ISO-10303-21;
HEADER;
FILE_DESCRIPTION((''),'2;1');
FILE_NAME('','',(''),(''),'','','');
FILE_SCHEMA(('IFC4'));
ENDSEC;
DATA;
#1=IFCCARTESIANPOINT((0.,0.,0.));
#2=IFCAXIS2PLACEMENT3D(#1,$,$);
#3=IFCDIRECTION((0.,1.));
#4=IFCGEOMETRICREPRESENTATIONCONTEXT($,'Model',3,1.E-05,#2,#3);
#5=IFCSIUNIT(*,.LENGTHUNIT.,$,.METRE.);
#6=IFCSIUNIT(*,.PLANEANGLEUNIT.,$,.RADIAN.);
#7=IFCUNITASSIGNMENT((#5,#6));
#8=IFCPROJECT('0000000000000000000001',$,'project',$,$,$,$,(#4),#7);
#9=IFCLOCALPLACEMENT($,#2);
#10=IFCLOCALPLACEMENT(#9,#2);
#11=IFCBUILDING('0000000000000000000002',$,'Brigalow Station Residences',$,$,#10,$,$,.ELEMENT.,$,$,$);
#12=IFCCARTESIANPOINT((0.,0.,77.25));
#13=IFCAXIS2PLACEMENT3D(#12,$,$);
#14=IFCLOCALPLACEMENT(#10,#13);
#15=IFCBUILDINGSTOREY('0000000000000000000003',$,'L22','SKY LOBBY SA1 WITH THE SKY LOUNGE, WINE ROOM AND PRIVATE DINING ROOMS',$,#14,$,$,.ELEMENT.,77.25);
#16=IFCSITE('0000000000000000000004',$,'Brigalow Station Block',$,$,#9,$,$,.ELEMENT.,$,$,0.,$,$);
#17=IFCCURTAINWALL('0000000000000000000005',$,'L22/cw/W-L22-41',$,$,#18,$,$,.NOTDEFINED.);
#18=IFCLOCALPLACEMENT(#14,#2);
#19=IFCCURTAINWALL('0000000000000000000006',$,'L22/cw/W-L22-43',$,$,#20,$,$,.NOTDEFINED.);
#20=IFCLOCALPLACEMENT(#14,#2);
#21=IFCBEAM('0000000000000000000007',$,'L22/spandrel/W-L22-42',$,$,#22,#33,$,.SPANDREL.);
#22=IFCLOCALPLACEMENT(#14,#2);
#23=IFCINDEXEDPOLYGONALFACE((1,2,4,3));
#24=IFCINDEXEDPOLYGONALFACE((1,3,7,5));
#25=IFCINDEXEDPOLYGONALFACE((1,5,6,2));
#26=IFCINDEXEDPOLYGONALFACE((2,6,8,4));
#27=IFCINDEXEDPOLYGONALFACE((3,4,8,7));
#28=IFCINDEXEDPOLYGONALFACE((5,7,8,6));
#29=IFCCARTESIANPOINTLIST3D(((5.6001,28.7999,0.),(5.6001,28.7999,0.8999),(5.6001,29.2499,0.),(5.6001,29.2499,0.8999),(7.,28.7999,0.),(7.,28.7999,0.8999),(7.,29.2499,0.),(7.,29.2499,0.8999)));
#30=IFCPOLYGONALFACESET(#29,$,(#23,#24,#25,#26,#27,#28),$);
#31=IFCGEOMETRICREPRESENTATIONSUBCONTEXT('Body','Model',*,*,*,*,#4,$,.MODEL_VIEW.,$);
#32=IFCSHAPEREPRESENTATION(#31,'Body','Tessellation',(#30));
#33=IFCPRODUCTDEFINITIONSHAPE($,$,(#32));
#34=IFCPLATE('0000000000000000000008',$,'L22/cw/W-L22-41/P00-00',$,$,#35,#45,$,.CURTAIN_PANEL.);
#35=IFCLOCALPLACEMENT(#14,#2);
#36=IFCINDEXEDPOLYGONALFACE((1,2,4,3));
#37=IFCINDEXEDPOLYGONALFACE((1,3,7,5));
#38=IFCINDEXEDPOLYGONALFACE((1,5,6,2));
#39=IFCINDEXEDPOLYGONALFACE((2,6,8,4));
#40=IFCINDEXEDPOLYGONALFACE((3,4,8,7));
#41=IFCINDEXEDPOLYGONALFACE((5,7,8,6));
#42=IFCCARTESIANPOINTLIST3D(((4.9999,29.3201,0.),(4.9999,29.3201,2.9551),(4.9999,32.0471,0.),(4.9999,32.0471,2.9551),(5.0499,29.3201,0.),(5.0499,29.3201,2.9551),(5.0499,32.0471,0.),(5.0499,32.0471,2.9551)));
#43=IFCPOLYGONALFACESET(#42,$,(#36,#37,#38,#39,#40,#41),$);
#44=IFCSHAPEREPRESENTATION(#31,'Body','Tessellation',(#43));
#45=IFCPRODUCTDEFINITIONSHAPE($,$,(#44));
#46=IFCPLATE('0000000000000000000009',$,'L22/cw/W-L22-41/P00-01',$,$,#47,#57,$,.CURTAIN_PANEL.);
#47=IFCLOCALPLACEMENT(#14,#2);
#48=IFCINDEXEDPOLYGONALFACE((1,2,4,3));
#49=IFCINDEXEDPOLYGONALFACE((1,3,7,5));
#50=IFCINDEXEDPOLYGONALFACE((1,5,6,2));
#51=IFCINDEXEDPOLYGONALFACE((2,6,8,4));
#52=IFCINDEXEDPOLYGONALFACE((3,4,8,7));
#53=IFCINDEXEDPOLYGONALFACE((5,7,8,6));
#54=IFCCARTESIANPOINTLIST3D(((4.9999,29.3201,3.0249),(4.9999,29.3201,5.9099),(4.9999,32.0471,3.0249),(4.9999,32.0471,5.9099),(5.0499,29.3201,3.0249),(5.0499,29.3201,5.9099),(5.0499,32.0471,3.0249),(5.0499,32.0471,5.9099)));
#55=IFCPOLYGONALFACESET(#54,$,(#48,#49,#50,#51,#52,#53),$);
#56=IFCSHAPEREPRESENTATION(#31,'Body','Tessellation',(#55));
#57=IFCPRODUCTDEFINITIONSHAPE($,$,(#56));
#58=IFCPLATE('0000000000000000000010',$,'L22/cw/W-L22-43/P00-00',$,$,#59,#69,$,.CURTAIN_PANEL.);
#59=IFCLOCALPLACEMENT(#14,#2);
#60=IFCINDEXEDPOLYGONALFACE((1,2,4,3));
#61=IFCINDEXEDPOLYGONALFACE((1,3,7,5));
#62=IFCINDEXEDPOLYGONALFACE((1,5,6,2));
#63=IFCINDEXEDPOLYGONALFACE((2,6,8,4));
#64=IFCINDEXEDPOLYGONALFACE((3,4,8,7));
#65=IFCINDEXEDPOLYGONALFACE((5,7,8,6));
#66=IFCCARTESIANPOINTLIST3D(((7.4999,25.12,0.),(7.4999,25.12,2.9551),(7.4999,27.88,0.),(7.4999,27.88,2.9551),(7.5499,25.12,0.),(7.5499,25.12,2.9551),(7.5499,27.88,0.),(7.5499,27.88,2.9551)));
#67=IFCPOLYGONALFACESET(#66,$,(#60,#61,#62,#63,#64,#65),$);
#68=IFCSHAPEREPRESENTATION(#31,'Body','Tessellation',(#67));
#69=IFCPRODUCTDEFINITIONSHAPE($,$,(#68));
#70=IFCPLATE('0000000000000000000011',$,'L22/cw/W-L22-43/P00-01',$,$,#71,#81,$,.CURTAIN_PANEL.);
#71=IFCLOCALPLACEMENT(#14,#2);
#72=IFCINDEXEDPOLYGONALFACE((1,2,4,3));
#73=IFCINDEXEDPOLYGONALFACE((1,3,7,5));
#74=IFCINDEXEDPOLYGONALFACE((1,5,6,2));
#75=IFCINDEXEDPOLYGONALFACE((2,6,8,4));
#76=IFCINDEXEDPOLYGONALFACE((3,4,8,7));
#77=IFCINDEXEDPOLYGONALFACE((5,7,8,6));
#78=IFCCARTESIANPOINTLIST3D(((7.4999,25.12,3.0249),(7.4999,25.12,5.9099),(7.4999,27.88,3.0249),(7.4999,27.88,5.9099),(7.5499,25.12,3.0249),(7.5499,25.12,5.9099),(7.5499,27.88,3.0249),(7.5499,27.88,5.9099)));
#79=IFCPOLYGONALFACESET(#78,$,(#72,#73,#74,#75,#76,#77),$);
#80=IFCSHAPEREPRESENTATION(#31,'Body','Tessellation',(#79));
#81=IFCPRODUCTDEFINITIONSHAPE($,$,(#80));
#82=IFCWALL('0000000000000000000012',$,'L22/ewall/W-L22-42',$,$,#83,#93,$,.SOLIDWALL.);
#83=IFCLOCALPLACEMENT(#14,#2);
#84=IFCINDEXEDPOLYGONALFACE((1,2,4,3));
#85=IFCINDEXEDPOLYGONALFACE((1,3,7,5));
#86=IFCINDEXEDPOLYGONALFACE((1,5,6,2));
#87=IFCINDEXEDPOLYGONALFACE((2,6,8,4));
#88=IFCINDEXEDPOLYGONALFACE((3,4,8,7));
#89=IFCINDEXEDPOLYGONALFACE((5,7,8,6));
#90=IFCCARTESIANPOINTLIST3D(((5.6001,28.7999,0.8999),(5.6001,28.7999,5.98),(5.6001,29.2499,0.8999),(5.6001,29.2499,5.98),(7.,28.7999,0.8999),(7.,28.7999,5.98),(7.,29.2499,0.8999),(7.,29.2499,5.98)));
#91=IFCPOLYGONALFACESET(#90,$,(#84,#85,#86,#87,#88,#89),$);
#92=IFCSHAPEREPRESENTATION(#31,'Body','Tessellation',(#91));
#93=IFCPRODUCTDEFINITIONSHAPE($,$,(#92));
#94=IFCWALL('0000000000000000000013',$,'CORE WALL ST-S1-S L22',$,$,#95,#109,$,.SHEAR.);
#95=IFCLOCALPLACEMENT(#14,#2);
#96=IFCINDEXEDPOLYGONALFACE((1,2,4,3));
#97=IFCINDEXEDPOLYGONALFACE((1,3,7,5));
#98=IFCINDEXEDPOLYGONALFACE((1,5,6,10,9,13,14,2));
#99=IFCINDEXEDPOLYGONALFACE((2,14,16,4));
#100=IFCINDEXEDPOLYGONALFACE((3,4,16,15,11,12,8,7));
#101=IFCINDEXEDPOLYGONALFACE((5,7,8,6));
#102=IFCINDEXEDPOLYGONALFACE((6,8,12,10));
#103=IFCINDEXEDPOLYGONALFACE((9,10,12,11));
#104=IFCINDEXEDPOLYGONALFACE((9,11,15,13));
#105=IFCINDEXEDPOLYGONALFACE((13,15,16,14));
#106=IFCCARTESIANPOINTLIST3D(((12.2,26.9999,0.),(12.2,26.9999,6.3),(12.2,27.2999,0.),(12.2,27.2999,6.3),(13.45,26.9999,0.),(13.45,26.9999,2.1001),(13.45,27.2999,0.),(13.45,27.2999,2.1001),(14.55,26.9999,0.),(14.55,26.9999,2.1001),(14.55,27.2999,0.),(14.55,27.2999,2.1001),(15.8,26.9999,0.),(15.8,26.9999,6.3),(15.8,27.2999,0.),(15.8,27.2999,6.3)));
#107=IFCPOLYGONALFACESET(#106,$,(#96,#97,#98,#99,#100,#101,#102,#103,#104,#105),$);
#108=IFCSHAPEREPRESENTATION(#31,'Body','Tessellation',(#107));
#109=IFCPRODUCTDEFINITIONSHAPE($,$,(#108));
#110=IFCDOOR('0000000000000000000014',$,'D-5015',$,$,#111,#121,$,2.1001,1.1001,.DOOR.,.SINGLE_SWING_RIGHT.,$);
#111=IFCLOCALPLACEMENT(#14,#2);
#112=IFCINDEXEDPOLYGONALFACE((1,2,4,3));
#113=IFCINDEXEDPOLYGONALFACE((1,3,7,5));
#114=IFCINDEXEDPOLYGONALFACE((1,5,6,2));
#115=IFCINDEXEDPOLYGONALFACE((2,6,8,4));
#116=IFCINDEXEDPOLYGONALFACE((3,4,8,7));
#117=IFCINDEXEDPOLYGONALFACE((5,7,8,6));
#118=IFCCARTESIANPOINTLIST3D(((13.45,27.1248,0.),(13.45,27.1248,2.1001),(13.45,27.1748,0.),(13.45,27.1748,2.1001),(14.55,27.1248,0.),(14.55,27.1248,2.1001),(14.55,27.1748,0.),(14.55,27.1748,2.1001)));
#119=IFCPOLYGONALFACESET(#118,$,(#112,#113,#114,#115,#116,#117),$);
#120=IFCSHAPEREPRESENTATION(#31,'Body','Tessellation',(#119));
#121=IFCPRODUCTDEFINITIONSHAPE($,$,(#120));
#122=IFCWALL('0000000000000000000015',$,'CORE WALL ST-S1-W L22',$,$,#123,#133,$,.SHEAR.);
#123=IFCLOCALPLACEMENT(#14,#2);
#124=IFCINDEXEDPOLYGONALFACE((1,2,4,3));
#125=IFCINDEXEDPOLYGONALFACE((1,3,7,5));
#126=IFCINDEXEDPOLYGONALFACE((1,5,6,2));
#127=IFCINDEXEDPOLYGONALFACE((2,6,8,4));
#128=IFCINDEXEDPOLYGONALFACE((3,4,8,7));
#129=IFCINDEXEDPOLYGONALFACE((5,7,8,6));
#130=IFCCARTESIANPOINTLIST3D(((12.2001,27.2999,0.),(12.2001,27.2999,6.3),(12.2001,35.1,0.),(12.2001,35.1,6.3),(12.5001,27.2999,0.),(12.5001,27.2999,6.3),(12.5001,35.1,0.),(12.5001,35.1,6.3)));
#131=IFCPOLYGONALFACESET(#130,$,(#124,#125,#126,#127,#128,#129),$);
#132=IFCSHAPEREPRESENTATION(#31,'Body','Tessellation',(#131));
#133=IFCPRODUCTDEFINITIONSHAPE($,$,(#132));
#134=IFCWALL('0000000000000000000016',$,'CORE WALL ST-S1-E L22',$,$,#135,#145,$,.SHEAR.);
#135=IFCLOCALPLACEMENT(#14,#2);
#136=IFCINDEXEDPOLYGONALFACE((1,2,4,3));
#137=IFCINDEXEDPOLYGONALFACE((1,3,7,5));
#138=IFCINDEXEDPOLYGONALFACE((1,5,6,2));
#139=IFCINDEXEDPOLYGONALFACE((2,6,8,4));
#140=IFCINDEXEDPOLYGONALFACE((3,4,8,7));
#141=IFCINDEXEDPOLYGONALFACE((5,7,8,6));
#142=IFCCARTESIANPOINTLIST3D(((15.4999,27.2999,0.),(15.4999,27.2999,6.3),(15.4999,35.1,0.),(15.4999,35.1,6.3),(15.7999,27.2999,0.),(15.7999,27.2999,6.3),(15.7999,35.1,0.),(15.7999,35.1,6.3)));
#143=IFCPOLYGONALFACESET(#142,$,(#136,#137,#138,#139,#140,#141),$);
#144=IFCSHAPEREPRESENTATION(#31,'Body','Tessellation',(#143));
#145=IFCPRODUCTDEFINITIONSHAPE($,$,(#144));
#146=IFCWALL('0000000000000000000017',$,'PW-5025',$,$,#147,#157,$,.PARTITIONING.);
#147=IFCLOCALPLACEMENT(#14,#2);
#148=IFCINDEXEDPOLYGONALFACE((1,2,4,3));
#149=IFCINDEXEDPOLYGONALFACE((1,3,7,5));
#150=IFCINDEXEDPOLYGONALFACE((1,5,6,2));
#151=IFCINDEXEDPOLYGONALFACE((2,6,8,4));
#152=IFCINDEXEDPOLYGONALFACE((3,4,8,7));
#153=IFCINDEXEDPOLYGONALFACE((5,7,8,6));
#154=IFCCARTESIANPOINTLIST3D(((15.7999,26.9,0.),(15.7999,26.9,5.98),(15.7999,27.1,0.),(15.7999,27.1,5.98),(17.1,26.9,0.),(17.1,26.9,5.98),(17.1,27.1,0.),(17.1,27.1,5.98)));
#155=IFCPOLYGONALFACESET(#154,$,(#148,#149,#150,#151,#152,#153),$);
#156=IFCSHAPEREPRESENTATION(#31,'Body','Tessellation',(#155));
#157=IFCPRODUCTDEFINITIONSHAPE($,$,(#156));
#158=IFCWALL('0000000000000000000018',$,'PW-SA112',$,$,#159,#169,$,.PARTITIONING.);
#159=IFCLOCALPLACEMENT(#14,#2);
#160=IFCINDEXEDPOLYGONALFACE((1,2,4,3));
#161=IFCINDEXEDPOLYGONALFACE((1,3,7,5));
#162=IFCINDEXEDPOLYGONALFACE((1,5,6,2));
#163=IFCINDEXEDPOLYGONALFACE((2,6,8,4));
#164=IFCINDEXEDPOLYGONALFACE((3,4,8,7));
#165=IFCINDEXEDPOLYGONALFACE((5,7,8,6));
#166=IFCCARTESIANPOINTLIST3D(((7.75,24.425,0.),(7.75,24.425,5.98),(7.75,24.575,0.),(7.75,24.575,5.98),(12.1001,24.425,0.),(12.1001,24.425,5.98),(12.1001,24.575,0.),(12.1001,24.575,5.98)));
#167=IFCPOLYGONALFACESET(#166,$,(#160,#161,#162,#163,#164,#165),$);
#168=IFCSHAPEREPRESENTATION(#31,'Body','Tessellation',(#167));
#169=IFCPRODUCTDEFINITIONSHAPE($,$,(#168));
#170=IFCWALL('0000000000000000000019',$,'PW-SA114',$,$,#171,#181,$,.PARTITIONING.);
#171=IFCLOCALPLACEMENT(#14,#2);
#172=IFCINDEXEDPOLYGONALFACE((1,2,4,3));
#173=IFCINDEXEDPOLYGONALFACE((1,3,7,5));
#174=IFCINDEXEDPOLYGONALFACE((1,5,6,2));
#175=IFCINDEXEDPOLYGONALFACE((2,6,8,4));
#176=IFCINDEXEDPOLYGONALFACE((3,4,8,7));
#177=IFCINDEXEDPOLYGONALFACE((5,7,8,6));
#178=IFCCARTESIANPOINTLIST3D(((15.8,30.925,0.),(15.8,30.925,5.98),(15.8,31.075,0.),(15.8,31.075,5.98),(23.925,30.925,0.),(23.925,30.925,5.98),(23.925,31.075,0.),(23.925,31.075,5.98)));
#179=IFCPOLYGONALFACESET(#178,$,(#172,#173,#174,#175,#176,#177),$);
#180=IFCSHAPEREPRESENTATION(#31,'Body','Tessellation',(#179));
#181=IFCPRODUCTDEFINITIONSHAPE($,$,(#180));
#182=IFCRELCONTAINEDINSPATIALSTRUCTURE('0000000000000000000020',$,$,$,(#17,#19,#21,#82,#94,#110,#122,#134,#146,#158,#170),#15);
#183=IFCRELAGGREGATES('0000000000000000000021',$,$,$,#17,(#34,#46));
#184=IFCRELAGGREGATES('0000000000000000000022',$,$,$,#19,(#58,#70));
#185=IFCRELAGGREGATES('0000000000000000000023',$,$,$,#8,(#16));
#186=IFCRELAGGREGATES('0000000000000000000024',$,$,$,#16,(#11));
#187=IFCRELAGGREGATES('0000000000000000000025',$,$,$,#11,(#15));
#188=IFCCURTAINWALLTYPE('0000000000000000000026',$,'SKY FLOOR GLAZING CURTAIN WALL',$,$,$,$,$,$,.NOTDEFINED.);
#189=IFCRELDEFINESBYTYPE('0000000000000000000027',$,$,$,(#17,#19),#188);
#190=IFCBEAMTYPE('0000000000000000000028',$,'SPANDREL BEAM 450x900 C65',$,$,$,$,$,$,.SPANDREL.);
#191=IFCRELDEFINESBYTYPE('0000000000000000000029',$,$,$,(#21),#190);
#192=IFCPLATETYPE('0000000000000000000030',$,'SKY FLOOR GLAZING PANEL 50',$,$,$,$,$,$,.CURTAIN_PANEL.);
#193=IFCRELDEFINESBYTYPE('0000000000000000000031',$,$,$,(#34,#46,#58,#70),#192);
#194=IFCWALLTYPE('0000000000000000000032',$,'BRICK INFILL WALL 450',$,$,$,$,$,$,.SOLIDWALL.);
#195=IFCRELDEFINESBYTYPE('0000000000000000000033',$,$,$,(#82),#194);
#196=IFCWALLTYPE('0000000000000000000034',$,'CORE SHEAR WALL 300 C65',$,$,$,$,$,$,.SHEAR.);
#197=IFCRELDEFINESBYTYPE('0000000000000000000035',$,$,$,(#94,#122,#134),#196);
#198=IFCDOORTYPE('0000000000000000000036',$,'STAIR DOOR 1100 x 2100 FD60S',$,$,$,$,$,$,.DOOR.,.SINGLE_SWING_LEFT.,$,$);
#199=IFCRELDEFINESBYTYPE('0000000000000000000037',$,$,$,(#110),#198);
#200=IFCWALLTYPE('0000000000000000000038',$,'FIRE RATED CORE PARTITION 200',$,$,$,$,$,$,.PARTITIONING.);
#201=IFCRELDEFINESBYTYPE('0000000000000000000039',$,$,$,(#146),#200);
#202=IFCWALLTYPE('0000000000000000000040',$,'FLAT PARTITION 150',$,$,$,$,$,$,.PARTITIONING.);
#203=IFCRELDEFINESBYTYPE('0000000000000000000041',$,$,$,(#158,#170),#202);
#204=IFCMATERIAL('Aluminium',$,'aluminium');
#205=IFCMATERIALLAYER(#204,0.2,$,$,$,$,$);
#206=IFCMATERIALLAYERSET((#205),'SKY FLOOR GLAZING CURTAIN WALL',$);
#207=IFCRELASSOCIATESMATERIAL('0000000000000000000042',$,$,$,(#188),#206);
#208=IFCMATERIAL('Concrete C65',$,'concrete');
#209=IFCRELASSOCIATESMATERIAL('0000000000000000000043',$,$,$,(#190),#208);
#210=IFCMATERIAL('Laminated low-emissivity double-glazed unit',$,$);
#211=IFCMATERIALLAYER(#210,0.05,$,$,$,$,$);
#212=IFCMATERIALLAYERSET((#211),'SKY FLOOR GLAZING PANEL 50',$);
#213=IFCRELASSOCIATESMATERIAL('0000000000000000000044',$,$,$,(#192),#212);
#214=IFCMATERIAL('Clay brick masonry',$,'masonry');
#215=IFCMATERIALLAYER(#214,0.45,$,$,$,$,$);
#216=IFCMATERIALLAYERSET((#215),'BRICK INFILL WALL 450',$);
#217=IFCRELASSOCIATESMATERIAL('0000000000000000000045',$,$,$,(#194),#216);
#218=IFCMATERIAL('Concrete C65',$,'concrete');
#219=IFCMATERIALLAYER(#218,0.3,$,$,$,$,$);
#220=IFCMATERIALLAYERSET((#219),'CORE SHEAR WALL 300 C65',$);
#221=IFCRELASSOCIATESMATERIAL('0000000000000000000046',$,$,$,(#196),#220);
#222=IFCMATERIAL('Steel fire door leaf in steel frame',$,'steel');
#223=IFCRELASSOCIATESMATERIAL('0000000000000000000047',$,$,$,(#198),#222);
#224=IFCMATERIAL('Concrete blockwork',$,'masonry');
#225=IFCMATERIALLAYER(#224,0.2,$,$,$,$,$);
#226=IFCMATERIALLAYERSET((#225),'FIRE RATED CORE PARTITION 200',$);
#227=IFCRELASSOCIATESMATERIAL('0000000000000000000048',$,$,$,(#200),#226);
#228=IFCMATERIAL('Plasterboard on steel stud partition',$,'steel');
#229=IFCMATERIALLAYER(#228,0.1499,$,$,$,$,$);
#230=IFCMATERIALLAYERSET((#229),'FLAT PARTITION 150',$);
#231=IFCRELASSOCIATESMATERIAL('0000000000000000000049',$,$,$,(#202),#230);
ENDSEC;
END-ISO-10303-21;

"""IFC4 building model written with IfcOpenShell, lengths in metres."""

from ifc_helpers import new_model, si_unit, direction, frame, frame_2d, origin, origin_2d, place, context, subcontext, project, spatial, rectangle, extrude, material, layer, layer_set, material_profile, profile_set, type_object, element, fill, aggregate, save


model = new_model("IFC4")

# Units and contexts
model_context = context("Model", 3, precision=1e-05, world=origin(), true_north=direction((0.0, 1.0)))
body_context = subcontext(model_context, "Body", "Model", "MODEL_VIEW")
ifc_project = project(units=[si_unit("LENGTHUNIT", "METRE"), si_unit("PLANEANGLEUNIT", "RADIAN")], contexts=[model_context])

# Site, building, storey
site_placement = place(None, origin())
site = spatial("IfcSite", under=ifc_project, at=site_placement, Name="Brigalow Station Block", CompositionType="ELEMENT", RefElevation=0.0)
building_placement = place(site_placement, origin())
building = spatial("IfcBuilding", under=site, at=building_placement, Name="Brigalow Station Residences", CompositionType="ELEMENT")
storey_placement = place(building_placement, frame((0.0, 0.0, 77.25)))
storey = spatial("IfcBuildingStorey", under=building, at=storey_placement, Name="L22", Description="SKY LOBBY SA1 WITH THE SKY LOUNGE, WINE ROOM AND PRIVATE DINING ROOMS", CompositionType="ELEMENT", Elevation=77.25)

# Curtain walls
ifc_material_1 = material(Name="Aluminium", Category="aluminium")
ifc_layer_1 = layer(ifc_material_1, 0.2)
ifc_layer_set_1 = layer_set([ifc_layer_1], Name="SKY FLOOR GLAZING CURTAIN WALL")
curtain_wall_type = type_object("IfcCurtainWallType", Name="SKY FLOOR GLAZING CURTAIN WALL", PredefinedType="NOTDEFINED", material=ifc_layer_set_1)
curtain_wall_1_placement = place(storey_placement, origin())
curtain_wall_1 = element("IfcCurtainWall", 1, at=curtain_wall_1_placement, inside=storey, type_object=curtain_wall_type, Name="L22/cw/W-L22-41", PredefinedType="NOTDEFINED")
curtain_wall_2_placement = place(storey_placement, origin())
curtain_wall_2 = element("IfcCurtainWall", 2, at=curtain_wall_2_placement, inside=storey, type_object=curtain_wall_type, Name="L22/cw/W-L22-43", PredefinedType="NOTDEFINED")

# Beam
ifc_material_2 = material(Name="Concrete C65", Category="concrete")
ifc_material_profile_1 = material_profile(ifc_material_2, rectangle(XDim=0.45, YDim=0.8999, at=origin_2d()), Name="RC450x900")
ifc_profile_set_1 = profile_set([ifc_material_profile_1], Name="Concrete C65")
beam_type = type_object("IfcBeamType", Name="SPANDREL BEAM 450x900 C65", PredefinedType="SPANDREL", material=ifc_profile_set_1)
beam_placement = place(storey_placement, frame((5.6001, 29.0249, 0.45), z_axis=(1.0, 0.0, 0.0), x_axis=(0.0, 1.0, 0.0)))
element("IfcBeam", 3, at=beam_placement, inside=storey, type_object=beam_type, Name="L22/spandrel/W-L22-42", PredefinedType="SPANDREL", context=body_context, shape_type="SweptSolid", body=[
    extrude(rectangle(XDim=0.45, YDim=0.8999, at=origin_2d()), origin(), (0.0, 0.0, 1.0), 1.3999),
])

# Plates
ifc_material_3 = material(Name="Laminated low-emissivity double-glazed unit")
ifc_layer_2 = layer(ifc_material_3, 0.05)
ifc_layer_set_2 = layer_set([ifc_layer_2], Name="SKY FLOOR GLAZING PANEL 50")
plate_type = type_object("IfcPlateType", Name="SKY FLOOR GLAZING PANEL 50", PredefinedType="CURTAIN_PANEL", material=ifc_layer_set_2)
plate_1_placement = place(storey_placement, frame((5.0249, 30.6836, 0.0), z_axis=(0.0, 0.0, 1.0), x_axis=(0.0, -1.0, 0.0)))
plate_1 = element("IfcPlate", 4, at=plate_1_placement, type_object=plate_type, Name="L22/cw/W-L22-41/P00-00", PredefinedType="CURTAIN_PANEL", context=body_context, shape_type="SweptSolid", body=[
    extrude(rectangle(XDim=2.7271, YDim=0.05, at=origin_2d()), origin(), (0.0, 0.0, 1.0), 2.9551),
])
plate_2_placement = place(storey_placement, frame((5.0249, 30.6836, 3.0249), z_axis=(0.0, 0.0, 1.0), x_axis=(0.0, -1.0, 0.0)))
plate_2 = element("IfcPlate", 5, at=plate_2_placement, type_object=plate_type, Name="L22/cw/W-L22-41/P00-01", PredefinedType="CURTAIN_PANEL", context=body_context, shape_type="SweptSolid", body=[
    extrude(rectangle(XDim=2.7271, YDim=0.05, at=origin_2d()), origin(), (0.0, 0.0, 1.0), 2.885),
])
aggregate(curtain_wall_1, [plate_1, plate_2])
plate_3_placement = place(storey_placement, frame((7.5249, 26.5, 0.0), z_axis=(0.0, 0.0, 1.0), x_axis=(0.0, -1.0, 0.0)))
plate_3 = element("IfcPlate", 6, at=plate_3_placement, type_object=plate_type, Name="L22/cw/W-L22-43/P00-00", PredefinedType="CURTAIN_PANEL", context=body_context, shape_type="SweptSolid", body=[
    extrude(rectangle(XDim=2.76, YDim=0.05, at=origin_2d()), origin(), (0.0, 0.0, 1.0), 2.9551),
])
plate_4_placement = place(storey_placement, frame((7.5249, 26.5, 3.0249), z_axis=(0.0, 0.0, 1.0), x_axis=(0.0, -1.0, 0.0)))
plate_4 = element("IfcPlate", 7, at=plate_4_placement, type_object=plate_type, Name="L22/cw/W-L22-43/P00-01", PredefinedType="CURTAIN_PANEL", context=body_context, shape_type="SweptSolid", body=[
    extrude(rectangle(XDim=2.76, YDim=0.05, at=origin_2d()), origin(), (0.0, 0.0, 1.0), 2.885),
])
aggregate(curtain_wall_2, [plate_3, plate_4])

# Wall
ifc_material_4 = material(Name="Clay brick masonry", Category="masonry")
ifc_layer_3 = layer(ifc_material_4, 0.45)
ifc_layer_set_3 = layer_set([ifc_layer_3], Name="BRICK INFILL WALL 450")
wall_type_1 = type_object("IfcWallType", Name="BRICK INFILL WALL 450", PredefinedType="SOLIDWALL", material=ifc_layer_set_3)
wall_1_placement = place(storey_placement, frame((5.6001, 29.0249, 0.8999), z_axis=(0.0, 0.0, 1.0), x_axis=(1.0, 0.0, 0.0)))
element("IfcWall", 8, at=wall_1_placement, inside=storey, type_object=wall_type_1, Name="L22/ewall/W-L22-42", PredefinedType="SOLIDWALL", context=body_context, shape_type="SweptSolid", body=[
    extrude(rectangle(XDim=1.3999, YDim=0.45, at=frame_2d((0.7, 0.0))), origin(), (0.0, 0.0, 1.0), 5.0801),
])

# Wall, opening, door
ifc_material_5 = material(Name="Concrete C65", Category="concrete")
ifc_layer_4 = layer(ifc_material_5, 0.3)
ifc_layer_set_4 = layer_set([ifc_layer_4], Name="CORE SHEAR WALL 300 C65")
wall_type_2 = type_object("IfcWallType", Name="CORE SHEAR WALL 300 C65", PredefinedType="SHEAR", material=ifc_layer_set_4)
wall_2_placement = place(storey_placement, frame((12.2, 27.1499, 0.0), z_axis=(0.0, 0.0, 1.0), x_axis=(1.0, 0.0, 0.0)))
wall_2 = element("IfcWall", 9, at=wall_2_placement, inside=storey, type_object=wall_type_2, Name="CORE WALL ST-S1-S L22", PredefinedType="SHEAR", context=body_context, shape_type="SweptSolid", body=[
    extrude(rectangle(XDim=3.6001, YDim=0.3, at=frame_2d((1.8, 0.0))), origin(), (0.0, 0.0, 1.0), 6.3),
])
opening_placement = place(wall_2_placement, frame((1.25, 0.0, 0.0)))
opening = element("IfcOpeningElement", 10, at=opening_placement, cuts=wall_2, PredefinedType="OPENING", context=body_context, shape_type="SweptSolid", body=[
    extrude(rectangle(XDim=1.1001, YDim=2.1001, at=frame_2d((0.55, 1.05))), frame((0.0, 0.1602, 0.0), z_axis=(0.0, -1.0, 0.0), x_axis=(1.0, 0.0, 0.0)), (0.0, 0.0, 1.0), 0.3201),
])
ifc_material_6 = material(Name="Steel fire door leaf in steel frame", Category="steel")
door_type = type_object("IfcDoorType", Name="STAIR DOOR 1100 x 2100 FD60S", OperationType="SINGLE_SWING_LEFT", PredefinedType="DOOR", material=ifc_material_6)
door_placement = place(opening_placement, origin())
door = element("IfcDoor", 11, at=door_placement, inside=storey, type_object=door_type, Name="D-5015", OperationType="SINGLE_SWING_RIGHT", OverallHeight=2.1001, OverallWidth=1.1001, PredefinedType="DOOR", context=body_context, shape_type="SweptSolid", body=[
    extrude(rectangle(XDim=1.1001, YDim=2.1001, at=frame_2d((0.55, 1.05))), frame((0.0, 0.0249, 0.0), z_axis=(0.0, -1.0, 0.0), x_axis=(1.0, 0.0, 0.0)), (0.0, 0.0, 1.0), 0.05),
])
fill(opening, door)

# Walls
for number, where, z_axis, x_axis, name in (
    (12, (12.3501, 27.3, 0.0), (0.0, 0.0, 1.0), (0.0, 1.0, 0.0), "CORE WALL ST-S1-W L22"),
    (13, (15.6499, 27.3, 0.0), (0.0, 0.0, 1.0), (0.0, 1.0, 0.0), "CORE WALL ST-S1-E L22"),
):
    element("IfcWall", number, at=place(storey_placement, frame(where, z_axis=z_axis, x_axis=x_axis)), inside=storey, type_object=wall_type_2, Name=name, PredefinedType="SHEAR", context=body_context, shape_type="SweptSolid", body=[
        extrude(rectangle(XDim=7.8, YDim=0.3, at=frame_2d((3.8999, 0.0))), origin(), (0.0, 0.0, 1.0), 6.3),
    ])
ifc_material_7 = material(Name="Concrete blockwork", Category="masonry")
ifc_layer_5 = layer(ifc_material_7, 0.2)
ifc_layer_set_5 = layer_set([ifc_layer_5], Name="FIRE RATED CORE PARTITION 200")
wall_type_3 = type_object("IfcWallType", Name="FIRE RATED CORE PARTITION 200", PredefinedType="PARTITIONING", material=ifc_layer_set_5)
wall_3_placement = place(storey_placement, frame((15.8, 27.0, 0.0), z_axis=(0.0, 0.0, 1.0), x_axis=(1.0, 0.0, 0.0)))
element("IfcWall", 14, at=wall_3_placement, inside=storey, type_object=wall_type_3, Name="PW-5025", PredefinedType="PARTITIONING", context=body_context, shape_type="SweptSolid", body=[
    extrude(rectangle(XDim=1.3, YDim=0.2, at=frame_2d((0.6499, 0.0))), origin(), (0.0, 0.0, 1.0), 5.98),
])
ifc_material_8 = material(Name="Plasterboard on steel stud partition", Category="steel")
ifc_layer_6 = layer(ifc_material_8, 0.1499)
ifc_layer_set_6 = layer_set([ifc_layer_6], Name="FLAT PARTITION 150")
wall_type_4 = type_object("IfcWallType", Name="FLAT PARTITION 150", PredefinedType="PARTITIONING", material=ifc_layer_set_6)
wall_4_placement = place(storey_placement, frame((7.75, 24.5, 0.0), z_axis=(0.0, 0.0, 1.0), x_axis=(1.0, 0.0, 0.0)))
element("IfcWall", 15, at=wall_4_placement, inside=storey, type_object=wall_type_4, Name="PW-SA112", PredefinedType="PARTITIONING", context=body_context, shape_type="SweptSolid", body=[
    extrude(rectangle(XDim=4.3501, YDim=0.1499, at=frame_2d((2.175, 0.0))), origin(), (0.0, 0.0, 1.0), 5.98),
])
wall_5_placement = place(storey_placement, frame((15.8, 31.0, 0.0), z_axis=(0.0, 0.0, 1.0), x_axis=(1.0, 0.0, 0.0)))
element("IfcWall", 16, at=wall_5_placement, inside=storey, type_object=wall_type_4, Name="PW-SA114", PredefinedType="PARTITIONING", context=body_context, shape_type="SweptSolid", body=[
    extrude(rectangle(XDim=8.125, YDim=0.1499, at=frame_2d((4.0625, 0.0))), origin(), (0.0, 0.0, 1.0), 5.98),
])

save(model, "model.ifc")
